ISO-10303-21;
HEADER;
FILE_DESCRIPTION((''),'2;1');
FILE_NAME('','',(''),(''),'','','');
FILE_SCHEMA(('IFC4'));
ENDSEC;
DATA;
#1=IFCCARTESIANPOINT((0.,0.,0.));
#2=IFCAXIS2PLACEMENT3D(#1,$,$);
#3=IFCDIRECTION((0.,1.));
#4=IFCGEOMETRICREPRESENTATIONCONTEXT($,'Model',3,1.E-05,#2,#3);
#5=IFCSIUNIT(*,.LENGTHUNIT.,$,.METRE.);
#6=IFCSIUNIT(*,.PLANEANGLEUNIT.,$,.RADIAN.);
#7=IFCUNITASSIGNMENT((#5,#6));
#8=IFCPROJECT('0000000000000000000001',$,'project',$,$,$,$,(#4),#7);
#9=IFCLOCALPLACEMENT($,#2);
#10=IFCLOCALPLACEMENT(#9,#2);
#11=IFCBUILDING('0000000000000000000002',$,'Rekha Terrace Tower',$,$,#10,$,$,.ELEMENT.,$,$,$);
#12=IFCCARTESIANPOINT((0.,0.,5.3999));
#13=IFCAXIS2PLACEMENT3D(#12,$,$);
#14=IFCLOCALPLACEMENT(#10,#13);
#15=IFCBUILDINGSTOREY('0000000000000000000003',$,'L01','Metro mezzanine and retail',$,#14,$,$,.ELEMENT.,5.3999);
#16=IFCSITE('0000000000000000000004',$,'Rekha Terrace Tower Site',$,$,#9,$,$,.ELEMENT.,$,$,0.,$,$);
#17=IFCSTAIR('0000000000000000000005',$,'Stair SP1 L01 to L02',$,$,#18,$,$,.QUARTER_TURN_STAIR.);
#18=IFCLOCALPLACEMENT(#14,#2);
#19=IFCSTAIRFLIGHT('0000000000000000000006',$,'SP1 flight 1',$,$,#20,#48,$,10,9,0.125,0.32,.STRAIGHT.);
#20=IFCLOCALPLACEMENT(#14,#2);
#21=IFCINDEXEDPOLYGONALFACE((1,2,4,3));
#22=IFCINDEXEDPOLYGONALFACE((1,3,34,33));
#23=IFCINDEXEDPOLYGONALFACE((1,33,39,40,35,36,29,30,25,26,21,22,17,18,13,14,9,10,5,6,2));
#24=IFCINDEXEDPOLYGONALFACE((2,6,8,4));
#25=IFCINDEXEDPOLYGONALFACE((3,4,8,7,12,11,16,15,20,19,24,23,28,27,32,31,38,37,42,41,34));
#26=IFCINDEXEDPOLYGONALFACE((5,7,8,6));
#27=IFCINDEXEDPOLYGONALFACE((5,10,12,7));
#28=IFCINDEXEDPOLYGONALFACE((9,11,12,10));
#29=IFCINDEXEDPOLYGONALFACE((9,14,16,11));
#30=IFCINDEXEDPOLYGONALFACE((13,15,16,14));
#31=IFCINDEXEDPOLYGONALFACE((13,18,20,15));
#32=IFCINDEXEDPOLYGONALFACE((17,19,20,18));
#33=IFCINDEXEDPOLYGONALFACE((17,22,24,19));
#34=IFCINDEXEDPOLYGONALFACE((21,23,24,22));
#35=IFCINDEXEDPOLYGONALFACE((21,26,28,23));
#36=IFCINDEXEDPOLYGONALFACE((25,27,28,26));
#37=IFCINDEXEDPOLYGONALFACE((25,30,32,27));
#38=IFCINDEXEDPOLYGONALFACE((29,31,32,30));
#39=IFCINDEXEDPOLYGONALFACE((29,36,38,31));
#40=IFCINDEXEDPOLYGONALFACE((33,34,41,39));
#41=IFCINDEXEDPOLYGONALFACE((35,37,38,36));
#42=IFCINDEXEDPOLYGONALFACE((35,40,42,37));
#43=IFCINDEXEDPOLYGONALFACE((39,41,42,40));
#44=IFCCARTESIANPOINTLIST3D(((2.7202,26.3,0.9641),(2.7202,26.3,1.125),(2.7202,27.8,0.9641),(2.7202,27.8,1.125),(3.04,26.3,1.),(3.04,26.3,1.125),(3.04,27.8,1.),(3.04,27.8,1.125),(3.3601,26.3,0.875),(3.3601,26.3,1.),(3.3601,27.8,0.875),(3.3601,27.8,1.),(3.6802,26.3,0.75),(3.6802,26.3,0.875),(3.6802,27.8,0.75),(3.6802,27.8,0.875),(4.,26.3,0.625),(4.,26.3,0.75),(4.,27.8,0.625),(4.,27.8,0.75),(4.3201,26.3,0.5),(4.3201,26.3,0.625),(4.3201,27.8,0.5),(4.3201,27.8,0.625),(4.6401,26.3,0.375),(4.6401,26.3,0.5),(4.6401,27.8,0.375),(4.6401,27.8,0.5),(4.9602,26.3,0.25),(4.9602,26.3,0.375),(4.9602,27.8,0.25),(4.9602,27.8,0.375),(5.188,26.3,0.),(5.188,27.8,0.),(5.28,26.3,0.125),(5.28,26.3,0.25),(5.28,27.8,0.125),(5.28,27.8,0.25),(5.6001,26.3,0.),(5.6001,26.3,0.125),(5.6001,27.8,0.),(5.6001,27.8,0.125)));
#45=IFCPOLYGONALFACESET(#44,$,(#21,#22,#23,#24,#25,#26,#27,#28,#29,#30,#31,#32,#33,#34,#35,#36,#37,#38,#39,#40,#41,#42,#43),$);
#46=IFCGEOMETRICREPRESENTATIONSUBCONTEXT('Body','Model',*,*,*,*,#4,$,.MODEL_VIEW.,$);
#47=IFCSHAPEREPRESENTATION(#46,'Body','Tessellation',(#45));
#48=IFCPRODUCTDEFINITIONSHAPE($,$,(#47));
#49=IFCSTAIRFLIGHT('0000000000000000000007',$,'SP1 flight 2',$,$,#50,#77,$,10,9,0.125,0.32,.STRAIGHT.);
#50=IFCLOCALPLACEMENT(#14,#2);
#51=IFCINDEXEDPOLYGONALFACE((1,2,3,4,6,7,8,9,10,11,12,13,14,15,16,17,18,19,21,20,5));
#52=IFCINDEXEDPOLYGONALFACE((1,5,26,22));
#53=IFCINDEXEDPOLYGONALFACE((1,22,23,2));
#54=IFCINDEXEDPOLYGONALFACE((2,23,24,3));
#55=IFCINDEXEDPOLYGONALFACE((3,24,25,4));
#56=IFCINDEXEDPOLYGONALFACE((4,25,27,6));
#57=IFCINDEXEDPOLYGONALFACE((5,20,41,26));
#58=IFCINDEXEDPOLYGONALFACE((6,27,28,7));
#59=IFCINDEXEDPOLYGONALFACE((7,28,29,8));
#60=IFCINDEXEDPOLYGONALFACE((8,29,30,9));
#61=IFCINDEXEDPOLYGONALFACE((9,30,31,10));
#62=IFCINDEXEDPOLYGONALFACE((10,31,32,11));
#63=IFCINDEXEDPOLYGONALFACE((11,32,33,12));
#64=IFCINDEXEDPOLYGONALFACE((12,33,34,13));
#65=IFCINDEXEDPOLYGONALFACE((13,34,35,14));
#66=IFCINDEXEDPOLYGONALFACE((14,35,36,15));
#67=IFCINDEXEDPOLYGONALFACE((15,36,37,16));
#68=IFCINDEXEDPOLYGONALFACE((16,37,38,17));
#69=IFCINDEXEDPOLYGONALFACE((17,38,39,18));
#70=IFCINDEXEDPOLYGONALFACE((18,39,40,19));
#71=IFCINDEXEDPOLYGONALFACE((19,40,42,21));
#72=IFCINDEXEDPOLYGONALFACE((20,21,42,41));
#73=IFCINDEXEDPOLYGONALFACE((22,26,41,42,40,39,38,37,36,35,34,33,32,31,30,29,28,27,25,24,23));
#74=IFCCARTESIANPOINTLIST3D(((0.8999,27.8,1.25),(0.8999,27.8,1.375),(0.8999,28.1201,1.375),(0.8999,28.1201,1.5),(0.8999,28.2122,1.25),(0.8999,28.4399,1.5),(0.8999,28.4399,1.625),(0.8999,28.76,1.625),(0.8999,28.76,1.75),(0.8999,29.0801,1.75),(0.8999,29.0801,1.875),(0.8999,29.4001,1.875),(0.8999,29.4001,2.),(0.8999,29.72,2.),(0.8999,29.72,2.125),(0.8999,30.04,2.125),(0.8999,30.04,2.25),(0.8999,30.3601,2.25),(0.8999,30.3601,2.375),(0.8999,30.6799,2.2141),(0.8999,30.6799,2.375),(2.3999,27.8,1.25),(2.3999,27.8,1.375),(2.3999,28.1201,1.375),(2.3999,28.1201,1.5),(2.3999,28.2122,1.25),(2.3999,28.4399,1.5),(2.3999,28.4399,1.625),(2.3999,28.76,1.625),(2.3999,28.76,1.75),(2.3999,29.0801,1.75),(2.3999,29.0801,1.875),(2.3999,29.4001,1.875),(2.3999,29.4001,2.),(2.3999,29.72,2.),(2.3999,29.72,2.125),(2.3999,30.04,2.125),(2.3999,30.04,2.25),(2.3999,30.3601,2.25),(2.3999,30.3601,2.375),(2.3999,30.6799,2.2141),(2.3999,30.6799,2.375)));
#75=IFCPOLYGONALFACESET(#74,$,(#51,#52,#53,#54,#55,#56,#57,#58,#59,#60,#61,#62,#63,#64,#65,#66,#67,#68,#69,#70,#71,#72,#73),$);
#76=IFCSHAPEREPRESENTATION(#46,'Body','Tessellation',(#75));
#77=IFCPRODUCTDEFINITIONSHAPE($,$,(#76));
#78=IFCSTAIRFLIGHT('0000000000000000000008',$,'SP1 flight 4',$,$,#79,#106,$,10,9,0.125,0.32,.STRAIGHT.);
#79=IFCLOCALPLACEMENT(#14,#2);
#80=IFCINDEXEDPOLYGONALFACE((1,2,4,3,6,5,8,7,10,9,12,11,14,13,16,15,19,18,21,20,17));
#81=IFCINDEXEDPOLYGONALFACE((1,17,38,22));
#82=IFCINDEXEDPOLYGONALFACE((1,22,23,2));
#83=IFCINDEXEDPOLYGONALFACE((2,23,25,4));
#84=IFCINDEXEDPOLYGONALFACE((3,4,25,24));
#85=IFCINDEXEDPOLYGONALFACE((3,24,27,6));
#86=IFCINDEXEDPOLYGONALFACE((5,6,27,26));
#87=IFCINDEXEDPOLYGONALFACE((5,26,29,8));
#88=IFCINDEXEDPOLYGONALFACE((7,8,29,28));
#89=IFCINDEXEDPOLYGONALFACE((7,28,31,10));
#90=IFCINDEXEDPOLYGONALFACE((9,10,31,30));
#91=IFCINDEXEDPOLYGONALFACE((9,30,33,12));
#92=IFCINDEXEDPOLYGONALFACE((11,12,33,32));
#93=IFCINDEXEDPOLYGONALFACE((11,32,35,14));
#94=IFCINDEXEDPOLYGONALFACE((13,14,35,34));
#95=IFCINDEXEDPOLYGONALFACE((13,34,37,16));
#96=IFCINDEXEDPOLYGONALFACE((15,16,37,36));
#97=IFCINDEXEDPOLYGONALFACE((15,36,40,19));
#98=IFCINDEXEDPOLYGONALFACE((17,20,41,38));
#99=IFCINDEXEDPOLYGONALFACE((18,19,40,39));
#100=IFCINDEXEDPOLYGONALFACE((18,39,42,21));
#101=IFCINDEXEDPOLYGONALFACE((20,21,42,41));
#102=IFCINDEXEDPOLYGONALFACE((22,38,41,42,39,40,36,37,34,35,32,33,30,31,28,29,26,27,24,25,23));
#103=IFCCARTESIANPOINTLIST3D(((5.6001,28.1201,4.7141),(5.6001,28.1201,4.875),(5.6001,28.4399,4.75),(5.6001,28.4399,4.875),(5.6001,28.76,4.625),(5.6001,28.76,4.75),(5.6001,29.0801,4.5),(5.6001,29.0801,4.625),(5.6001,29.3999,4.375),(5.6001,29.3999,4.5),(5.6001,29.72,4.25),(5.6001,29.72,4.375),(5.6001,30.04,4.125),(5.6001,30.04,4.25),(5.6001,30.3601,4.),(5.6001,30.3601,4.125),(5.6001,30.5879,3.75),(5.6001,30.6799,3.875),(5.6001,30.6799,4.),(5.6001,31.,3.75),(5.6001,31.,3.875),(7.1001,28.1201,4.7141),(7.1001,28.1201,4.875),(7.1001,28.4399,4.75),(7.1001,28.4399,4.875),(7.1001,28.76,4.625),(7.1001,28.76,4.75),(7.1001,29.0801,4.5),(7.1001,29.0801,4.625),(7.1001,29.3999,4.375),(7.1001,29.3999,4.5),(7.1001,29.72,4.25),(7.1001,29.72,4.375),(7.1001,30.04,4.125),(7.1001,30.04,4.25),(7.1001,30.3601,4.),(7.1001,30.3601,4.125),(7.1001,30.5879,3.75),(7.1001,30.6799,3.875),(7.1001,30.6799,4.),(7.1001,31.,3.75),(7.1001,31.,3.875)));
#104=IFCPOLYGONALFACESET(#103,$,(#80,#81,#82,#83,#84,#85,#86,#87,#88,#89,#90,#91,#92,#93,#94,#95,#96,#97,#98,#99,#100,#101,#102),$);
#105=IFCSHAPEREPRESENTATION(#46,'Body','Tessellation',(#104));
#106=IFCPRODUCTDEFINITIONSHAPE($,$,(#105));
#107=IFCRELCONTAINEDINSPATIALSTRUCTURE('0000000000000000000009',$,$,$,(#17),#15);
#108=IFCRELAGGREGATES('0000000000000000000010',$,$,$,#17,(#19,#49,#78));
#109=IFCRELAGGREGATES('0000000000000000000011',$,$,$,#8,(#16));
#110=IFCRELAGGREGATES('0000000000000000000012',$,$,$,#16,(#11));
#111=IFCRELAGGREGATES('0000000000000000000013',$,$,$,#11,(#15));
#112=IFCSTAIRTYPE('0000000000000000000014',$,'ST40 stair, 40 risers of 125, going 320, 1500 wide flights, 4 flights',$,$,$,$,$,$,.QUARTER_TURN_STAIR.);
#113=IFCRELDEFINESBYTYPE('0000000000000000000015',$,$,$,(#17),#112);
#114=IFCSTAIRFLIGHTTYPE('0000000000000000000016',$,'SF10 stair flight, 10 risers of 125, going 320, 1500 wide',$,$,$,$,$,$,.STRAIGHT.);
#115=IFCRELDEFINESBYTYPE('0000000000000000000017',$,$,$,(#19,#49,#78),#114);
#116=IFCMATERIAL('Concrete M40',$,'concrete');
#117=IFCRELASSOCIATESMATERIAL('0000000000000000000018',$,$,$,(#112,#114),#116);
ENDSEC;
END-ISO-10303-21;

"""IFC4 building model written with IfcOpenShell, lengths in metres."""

from ifc_helpers import new_model, si_unit, direction, frame, origin, place, context, subcontext, project, spatial, polyline, outline, extrude, material, type_object, element, aggregate, save


model = new_model("IFC4")

# Units and contexts
model_context = context("Model", 3, precision=1e-05, world=origin(), true_north=direction((0.0, 1.0)))
body_context = subcontext(model_context, "Body", "Model", "MODEL_VIEW")
ifc_project = project(units=[si_unit("LENGTHUNIT", "METRE"), si_unit("PLANEANGLEUNIT", "RADIAN")], contexts=[model_context])

# Site, building, storey
site_placement = place(None, origin())
site = spatial("IfcSite", under=ifc_project, at=site_placement, Name="Rekha Terrace Tower Site", CompositionType="ELEMENT", RefElevation=0.0)
building_placement = place(site_placement, origin())
building = spatial("IfcBuilding", under=site, at=building_placement, Name="Rekha Terrace Tower", CompositionType="ELEMENT")
storey_placement = place(building_placement, frame((0.0, 0.0, 5.3999)))
storey = spatial("IfcBuildingStorey", under=building, at=storey_placement, Name="L01", Description="Metro mezzanine and retail", CompositionType="ELEMENT", Elevation=5.3999)

# Stair, stair flights
ifc_material_1 = material(Name="Concrete M40", Category="concrete")
stair_type = type_object("IfcStairType", Name="ST40 stair, 40 risers of 125, going 320, 1500 wide flights, 4 flights", PredefinedType="QUARTER_TURN_STAIR", material=ifc_material_1)
stair_placement = place(storey_placement, origin())
stair = element("IfcStair", 1, at=stair_placement, inside=storey, type_object=stair_type, Name="Stair SP1 L01 to L02", PredefinedType="QUARTER_TURN_STAIR")
stair_flight_type = type_object("IfcStairFlightType", Name="SF10 stair flight, 10 risers of 125, going 320, 1500 wide", PredefinedType="STRAIGHT", material=ifc_material_1)
stair_flight_1_placement = place(storey_placement, frame((5.6001, 27.05, 0.0), z_axis=(0.0, 0.0, 1.0), x_axis=(-1.0, 0.0, 0.0)))
stair_flight_1 = element("IfcStairFlight", 2, at=stair_flight_1_placement, type_object=stair_flight_type, Name="SP1 flight 1", NumberOfRisers=10, NumberOfTreads=9, PredefinedType="STRAIGHT", RiserHeight=0.125, TreadLength=0.32, context=body_context, shape_type="SweptSolid", body=[
    extrude(outline(polyline([(0.0, 0.0), (0.0, 0.125), (0.3201, 0.125), (0.3201, 0.25), (0.6399, 0.25), (0.6399, 0.375), (0.96, 0.375), (0.96, 0.5), (1.28, 0.5), (1.28, 0.625), (1.6001, 0.625), (1.6001, 0.75), (1.9199, 0.75), (1.9199, 0.875), (2.24, 0.875), (2.24, 1.0), (2.5601, 1.0), (2.5601, 1.125), (2.8799, 1.125), (2.8799, 1.25), (2.8799, 0.9641), (0.4121, 0.0), (0.0, 0.0)])), frame((0.0, 0.75, 0.0), z_axis=(0.0, -1.0, 0.0), x_axis=(1.0, 0.0, 0.0)), (0.0, 0.0, 1.0), 1.5),
])
stair_flight_2_placement = place(storey_placement, frame((1.6499, 27.8, 1.25), z_axis=(0.0, 0.0, 1.0), x_axis=(0.0, 1.0, 0.0)))
stair_flight_2 = element("IfcStairFlight", 3, at=stair_flight_2_placement, type_object=stair_flight_type, Name="SP1 flight 2", NumberOfRisers=10, NumberOfTreads=9, PredefinedType="STRAIGHT", RiserHeight=0.125, TreadLength=0.32, context=body_context, shape_type="SweptSolid", body=[
    extrude(outline(polyline([(0.0, 0.0), (0.0, 0.125), (0.3201, 0.125), (0.3201, 0.25), (0.6399, 0.25), (0.6399, 0.375), (0.96, 0.375), (0.96, 0.5), (1.28, 0.5), (1.28, 0.625), (1.6001, 0.625), (1.6001, 0.75), (1.9199, 0.75), (1.9199, 0.875), (2.24, 0.875), (2.24, 1.0), (2.5601, 1.0), (2.5601, 1.125), (2.8799, 1.125), (2.8799, 1.25), (2.8799, 0.9641), (0.4121, 0.0), (0.0, 0.0)])), frame((0.0, 0.75, 0.0), z_axis=(0.0, -1.0, 0.0), x_axis=(1.0, 0.0, 0.0)), (0.0, 0.0, 1.0), 1.5),
])
stair_flight_3_placement = place(storey_placement, frame((6.3501, 31.0, 3.75), z_axis=(0.0, 0.0, 1.0), x_axis=(0.0, -1.0, 0.0)))
stair_flight_3 = element("IfcStairFlight", 4, at=stair_flight_3_placement, type_object=stair_flight_type, Name="SP1 flight 4", NumberOfRisers=10, NumberOfTreads=9, PredefinedType="STRAIGHT", RiserHeight=0.125, TreadLength=0.32, context=body_context, shape_type="SweptSolid", body=[
    extrude(outline(polyline([(0.0, 0.0), (0.0, 0.125), (0.3201, 0.125), (0.3201, 0.25), (0.6399, 0.25), (0.6399, 0.375), (0.96, 0.375), (0.96, 0.5), (1.28, 0.5), (1.28, 0.625), (1.6001, 0.625), (1.6001, 0.75), (1.9199, 0.75), (1.9199, 0.875), (2.24, 0.875), (2.24, 1.0), (2.5601, 1.0), (2.5601, 1.125), (2.8799, 1.125), (2.8799, 1.25), (2.8799, 0.9641), (0.4121, 0.0), (0.0, 0.0)])), frame((0.0, 0.75, 0.0), z_axis=(0.0, -1.0, 0.0), x_axis=(1.0, 0.0, 0.0)), (0.0, 0.0, 1.0), 1.5),
])
aggregate(stair, [stair_flight_1, stair_flight_2, stair_flight_3])

save(model, "model.ifc")
